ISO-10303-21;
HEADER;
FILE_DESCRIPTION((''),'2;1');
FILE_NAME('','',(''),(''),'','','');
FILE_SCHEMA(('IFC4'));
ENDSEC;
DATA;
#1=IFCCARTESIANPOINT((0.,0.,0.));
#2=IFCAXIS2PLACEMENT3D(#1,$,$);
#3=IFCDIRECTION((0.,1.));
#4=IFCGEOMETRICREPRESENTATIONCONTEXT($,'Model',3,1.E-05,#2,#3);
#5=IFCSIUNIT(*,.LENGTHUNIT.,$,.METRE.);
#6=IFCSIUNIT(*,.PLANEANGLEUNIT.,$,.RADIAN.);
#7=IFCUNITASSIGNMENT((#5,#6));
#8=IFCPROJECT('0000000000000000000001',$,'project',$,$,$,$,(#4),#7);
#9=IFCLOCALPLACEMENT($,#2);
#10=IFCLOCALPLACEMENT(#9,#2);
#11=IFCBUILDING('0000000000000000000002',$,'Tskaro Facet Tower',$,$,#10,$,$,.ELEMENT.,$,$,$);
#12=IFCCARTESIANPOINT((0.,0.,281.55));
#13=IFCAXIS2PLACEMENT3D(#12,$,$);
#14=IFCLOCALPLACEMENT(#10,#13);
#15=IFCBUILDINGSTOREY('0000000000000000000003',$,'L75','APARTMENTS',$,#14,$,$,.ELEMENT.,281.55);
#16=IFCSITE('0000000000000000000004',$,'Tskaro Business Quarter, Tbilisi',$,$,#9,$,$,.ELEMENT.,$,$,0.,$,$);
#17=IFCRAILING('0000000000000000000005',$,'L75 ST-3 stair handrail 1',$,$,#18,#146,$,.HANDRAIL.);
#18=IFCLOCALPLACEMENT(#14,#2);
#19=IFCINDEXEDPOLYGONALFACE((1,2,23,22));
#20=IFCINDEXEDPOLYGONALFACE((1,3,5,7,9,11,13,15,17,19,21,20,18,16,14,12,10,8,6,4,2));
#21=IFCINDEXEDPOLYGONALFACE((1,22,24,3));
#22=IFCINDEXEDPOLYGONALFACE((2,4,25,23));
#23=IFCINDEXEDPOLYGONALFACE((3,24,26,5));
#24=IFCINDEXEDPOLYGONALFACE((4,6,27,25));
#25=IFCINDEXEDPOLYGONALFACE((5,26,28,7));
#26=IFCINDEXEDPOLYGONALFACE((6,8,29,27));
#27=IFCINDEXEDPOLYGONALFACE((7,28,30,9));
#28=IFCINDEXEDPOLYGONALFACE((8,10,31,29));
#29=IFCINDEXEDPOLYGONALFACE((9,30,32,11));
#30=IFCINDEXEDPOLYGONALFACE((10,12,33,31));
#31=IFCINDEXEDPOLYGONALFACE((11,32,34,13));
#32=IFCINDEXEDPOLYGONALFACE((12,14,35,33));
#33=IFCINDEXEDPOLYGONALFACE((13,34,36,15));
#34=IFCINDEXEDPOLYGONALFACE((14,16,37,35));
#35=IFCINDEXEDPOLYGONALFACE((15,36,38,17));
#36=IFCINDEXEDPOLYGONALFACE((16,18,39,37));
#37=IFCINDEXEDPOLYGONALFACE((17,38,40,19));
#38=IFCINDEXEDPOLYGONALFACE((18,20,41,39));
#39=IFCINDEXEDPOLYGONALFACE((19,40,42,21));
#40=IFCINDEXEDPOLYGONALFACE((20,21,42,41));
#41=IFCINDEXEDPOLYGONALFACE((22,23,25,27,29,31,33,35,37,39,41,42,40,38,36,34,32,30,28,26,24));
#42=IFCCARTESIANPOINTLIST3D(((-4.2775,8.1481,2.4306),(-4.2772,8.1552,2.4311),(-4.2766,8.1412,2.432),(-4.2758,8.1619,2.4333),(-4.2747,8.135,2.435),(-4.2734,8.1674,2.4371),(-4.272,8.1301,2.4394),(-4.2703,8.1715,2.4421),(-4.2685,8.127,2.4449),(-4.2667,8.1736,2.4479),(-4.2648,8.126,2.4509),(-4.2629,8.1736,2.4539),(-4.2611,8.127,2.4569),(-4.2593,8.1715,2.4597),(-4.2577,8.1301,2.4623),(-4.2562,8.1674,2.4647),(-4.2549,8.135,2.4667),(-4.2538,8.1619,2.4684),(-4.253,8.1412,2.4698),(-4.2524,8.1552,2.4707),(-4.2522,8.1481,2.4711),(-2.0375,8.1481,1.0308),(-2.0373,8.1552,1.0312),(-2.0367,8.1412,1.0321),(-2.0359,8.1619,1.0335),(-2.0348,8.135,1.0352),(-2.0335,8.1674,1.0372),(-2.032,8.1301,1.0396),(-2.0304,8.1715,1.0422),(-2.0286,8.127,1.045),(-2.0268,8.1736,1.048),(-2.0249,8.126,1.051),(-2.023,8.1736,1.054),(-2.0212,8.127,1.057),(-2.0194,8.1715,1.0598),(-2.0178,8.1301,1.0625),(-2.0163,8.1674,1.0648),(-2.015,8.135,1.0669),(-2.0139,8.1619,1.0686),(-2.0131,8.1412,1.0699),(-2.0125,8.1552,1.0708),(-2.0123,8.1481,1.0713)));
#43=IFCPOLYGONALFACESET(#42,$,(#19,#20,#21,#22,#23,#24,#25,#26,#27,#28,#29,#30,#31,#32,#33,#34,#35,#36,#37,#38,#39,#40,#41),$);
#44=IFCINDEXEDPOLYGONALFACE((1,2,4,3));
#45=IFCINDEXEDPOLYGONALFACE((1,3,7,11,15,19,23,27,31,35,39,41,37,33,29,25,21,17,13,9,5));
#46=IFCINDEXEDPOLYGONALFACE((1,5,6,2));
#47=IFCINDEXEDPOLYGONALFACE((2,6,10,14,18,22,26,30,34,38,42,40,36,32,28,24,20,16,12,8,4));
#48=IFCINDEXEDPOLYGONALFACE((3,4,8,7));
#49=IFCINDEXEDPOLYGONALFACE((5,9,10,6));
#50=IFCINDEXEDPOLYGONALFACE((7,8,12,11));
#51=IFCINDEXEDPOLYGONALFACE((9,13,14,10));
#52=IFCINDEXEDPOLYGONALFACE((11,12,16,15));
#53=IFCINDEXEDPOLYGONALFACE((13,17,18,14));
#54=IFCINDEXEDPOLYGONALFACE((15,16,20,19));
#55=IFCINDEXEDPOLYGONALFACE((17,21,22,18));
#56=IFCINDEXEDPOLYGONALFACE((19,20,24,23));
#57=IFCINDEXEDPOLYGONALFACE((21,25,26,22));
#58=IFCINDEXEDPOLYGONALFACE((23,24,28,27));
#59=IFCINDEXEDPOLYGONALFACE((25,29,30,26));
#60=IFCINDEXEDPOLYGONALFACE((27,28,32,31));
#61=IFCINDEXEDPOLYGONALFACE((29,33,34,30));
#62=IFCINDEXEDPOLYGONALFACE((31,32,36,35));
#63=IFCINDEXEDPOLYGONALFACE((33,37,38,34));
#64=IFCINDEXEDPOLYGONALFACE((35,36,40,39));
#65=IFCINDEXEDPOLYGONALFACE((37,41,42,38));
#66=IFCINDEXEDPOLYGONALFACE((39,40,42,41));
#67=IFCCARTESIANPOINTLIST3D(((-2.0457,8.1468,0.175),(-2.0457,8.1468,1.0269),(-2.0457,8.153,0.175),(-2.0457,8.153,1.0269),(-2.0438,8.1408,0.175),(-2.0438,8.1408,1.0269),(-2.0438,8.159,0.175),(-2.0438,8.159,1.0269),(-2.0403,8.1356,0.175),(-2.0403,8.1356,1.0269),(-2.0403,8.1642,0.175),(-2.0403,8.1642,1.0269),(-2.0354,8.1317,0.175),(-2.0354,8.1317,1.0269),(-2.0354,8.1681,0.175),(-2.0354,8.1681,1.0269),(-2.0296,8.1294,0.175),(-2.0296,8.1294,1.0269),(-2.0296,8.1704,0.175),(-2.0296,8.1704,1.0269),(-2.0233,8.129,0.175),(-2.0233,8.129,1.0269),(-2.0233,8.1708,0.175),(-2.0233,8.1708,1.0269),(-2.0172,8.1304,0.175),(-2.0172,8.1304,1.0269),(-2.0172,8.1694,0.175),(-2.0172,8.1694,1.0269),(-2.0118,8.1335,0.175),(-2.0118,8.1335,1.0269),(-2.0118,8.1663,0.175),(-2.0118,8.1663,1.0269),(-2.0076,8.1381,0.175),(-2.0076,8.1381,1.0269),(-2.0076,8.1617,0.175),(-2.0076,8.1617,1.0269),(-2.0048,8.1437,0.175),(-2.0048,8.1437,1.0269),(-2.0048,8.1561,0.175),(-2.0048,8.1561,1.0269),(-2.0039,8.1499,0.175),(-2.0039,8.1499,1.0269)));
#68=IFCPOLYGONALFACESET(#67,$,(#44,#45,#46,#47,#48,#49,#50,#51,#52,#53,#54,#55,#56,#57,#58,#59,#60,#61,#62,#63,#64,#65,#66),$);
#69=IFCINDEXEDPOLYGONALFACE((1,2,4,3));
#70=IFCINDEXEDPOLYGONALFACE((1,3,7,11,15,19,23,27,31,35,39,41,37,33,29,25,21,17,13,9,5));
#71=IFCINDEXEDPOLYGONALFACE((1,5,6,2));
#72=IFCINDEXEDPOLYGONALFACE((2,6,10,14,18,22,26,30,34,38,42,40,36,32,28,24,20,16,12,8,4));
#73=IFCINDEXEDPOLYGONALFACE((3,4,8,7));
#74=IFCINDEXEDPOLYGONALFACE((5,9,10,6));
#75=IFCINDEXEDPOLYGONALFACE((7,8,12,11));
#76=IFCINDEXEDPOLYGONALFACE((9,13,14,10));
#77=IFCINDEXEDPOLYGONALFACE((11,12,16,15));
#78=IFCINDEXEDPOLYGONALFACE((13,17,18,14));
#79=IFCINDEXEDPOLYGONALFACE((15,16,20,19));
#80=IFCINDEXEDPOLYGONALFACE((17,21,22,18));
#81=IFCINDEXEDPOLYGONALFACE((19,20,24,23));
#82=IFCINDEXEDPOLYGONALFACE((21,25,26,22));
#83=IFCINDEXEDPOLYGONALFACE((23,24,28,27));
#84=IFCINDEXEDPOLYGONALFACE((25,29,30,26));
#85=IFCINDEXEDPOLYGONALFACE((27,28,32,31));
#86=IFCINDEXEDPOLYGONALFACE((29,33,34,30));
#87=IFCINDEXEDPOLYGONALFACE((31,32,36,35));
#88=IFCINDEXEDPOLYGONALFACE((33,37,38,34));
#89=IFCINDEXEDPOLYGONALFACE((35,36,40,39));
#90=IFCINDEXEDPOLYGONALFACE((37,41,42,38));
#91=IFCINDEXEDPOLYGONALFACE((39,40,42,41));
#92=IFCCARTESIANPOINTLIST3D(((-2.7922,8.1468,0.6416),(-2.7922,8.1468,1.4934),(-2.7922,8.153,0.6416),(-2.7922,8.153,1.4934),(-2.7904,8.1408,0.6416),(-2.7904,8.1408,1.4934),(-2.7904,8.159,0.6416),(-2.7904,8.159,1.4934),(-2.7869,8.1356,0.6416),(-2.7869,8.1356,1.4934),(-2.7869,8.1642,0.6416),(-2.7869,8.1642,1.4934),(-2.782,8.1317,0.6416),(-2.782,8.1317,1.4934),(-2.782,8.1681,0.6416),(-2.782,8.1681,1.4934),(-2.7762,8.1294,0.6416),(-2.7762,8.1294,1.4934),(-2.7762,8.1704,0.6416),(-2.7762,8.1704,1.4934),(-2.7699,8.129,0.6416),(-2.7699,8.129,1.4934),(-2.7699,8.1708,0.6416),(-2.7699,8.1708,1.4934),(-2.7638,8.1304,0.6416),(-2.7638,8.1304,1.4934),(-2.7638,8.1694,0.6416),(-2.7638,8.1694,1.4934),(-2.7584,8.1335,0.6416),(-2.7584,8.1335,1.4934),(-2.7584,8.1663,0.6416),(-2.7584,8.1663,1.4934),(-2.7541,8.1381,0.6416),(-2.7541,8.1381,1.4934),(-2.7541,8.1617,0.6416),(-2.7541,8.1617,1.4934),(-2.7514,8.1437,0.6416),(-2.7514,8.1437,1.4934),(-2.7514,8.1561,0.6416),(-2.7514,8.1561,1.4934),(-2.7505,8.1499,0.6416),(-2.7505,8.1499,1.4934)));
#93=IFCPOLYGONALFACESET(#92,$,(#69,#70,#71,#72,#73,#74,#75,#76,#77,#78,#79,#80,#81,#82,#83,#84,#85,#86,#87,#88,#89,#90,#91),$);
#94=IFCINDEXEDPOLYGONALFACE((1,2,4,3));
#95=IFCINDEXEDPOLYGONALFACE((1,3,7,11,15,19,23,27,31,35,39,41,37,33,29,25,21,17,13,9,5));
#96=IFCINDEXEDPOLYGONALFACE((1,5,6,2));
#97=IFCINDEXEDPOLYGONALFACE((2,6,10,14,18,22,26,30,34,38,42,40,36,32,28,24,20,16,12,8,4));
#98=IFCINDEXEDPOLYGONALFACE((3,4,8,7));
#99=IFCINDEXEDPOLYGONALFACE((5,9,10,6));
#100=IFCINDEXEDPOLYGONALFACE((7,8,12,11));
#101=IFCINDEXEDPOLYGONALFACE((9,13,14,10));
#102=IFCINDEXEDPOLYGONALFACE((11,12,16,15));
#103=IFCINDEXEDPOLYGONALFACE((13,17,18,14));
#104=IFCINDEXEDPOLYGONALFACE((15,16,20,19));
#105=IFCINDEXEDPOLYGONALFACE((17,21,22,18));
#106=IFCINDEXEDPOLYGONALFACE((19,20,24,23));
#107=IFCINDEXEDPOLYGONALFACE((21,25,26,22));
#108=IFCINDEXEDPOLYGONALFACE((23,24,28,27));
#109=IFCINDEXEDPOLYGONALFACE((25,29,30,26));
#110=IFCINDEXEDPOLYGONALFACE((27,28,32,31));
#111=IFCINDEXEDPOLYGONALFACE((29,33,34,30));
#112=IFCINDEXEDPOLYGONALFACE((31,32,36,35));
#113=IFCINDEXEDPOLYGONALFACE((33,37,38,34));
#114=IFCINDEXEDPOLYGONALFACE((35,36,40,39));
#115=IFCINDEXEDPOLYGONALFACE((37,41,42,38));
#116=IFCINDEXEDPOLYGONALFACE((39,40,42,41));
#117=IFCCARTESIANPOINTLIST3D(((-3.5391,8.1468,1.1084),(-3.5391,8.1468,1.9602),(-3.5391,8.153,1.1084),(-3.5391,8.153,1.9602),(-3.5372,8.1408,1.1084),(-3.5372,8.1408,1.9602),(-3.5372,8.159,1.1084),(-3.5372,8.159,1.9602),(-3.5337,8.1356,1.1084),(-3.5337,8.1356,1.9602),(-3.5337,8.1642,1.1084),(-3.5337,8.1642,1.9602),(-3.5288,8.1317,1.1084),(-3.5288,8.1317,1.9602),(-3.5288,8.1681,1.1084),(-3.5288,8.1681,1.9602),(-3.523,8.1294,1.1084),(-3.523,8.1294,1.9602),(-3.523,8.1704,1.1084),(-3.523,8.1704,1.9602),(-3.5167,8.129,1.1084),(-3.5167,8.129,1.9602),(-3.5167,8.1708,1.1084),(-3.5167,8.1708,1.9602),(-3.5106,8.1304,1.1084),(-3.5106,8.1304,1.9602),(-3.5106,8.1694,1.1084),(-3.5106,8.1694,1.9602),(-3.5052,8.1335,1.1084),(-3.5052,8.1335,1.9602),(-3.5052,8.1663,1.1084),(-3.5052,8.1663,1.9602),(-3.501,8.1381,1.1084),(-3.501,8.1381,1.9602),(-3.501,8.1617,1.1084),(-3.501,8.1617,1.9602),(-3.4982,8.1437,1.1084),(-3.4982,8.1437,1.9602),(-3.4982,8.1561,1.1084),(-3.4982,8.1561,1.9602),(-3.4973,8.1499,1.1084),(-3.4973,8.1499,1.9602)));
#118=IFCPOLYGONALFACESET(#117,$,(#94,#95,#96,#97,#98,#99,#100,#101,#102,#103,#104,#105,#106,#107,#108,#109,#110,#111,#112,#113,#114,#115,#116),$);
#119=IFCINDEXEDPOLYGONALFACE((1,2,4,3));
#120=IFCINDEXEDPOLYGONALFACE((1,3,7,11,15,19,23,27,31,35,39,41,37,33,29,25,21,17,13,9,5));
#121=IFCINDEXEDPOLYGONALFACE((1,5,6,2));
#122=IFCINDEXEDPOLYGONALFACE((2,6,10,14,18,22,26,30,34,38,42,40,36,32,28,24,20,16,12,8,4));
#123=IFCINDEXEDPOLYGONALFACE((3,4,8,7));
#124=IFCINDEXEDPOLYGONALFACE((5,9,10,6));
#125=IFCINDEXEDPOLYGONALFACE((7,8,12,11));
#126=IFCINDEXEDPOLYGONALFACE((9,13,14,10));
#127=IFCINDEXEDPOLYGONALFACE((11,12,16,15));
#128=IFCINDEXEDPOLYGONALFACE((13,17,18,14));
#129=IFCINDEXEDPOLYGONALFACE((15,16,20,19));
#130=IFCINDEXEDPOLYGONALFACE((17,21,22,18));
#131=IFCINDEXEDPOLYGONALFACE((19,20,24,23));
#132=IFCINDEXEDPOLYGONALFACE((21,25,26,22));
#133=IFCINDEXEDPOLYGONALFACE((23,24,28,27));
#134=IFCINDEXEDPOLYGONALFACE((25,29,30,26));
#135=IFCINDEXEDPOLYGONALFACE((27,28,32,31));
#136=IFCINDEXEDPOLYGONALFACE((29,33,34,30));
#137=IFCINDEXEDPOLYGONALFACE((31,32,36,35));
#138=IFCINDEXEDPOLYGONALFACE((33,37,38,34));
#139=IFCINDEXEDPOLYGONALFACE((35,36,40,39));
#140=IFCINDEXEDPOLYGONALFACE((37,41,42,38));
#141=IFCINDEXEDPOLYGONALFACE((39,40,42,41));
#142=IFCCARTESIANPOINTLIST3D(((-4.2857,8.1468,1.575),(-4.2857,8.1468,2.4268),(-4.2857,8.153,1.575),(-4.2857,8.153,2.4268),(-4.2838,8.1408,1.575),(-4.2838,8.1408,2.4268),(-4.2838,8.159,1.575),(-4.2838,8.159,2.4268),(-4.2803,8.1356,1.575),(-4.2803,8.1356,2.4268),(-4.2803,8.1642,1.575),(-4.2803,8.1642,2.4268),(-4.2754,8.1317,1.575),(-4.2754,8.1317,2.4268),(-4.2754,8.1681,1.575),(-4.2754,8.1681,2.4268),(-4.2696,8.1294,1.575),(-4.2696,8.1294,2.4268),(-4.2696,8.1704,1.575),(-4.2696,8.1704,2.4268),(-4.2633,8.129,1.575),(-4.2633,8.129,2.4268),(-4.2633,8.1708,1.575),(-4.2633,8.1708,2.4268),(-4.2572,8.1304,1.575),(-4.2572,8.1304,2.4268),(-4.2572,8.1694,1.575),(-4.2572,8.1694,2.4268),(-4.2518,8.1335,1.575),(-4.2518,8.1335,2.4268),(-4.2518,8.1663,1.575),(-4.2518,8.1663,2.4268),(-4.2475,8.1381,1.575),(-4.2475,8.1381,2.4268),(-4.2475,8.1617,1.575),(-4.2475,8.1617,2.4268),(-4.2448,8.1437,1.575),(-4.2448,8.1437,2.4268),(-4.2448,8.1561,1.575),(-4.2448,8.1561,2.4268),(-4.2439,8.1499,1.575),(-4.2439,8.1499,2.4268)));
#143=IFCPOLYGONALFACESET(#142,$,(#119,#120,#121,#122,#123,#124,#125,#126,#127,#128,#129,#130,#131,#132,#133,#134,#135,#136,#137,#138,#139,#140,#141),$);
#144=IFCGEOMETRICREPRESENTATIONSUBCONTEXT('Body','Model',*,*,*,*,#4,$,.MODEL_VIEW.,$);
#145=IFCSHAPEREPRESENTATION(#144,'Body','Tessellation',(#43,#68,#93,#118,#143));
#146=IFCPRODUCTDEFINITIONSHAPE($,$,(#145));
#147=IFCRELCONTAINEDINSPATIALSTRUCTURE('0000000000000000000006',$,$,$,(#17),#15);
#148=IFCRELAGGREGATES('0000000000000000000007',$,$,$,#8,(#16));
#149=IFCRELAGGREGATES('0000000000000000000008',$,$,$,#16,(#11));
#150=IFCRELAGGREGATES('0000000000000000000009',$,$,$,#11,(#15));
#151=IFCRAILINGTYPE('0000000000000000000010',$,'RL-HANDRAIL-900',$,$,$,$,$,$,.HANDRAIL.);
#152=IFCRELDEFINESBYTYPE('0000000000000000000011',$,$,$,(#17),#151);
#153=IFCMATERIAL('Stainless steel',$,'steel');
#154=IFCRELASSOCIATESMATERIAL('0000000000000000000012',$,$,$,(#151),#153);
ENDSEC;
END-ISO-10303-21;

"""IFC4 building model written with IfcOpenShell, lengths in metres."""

from ifc_helpers import new_model, si_unit, direction, frame, origin, origin_2d, place, context, subcontext, project, spatial, circle, extrude, material, type_object, element, save


model = new_model("IFC4")

# Units and contexts
model_context = context("Model", 3, precision=1e-05, world=origin(), true_north=direction((0.0, 1.0)))
body_context = subcontext(model_context, "Body", "Model", "MODEL_VIEW")
ifc_project = project(units=[si_unit("LENGTHUNIT", "METRE"), si_unit("PLANEANGLEUNIT", "RADIAN")], contexts=[model_context])

# Site, building, storey
site_placement = place(None, origin())
site = spatial("IfcSite", under=ifc_project, at=site_placement, Name="Tskaro Business Quarter, Tbilisi", CompositionType="ELEMENT", RefElevation=0.0)
building_placement = place(site_placement, origin())
building = spatial("IfcBuilding", under=site, at=building_placement, Name="Tskaro Facet Tower", CompositionType="ELEMENT")
storey_placement = place(building_placement, frame((0.0, 0.0, 281.55)))
storey = spatial("IfcBuildingStorey", under=building, at=storey_placement, Name="L75", Description="APARTMENTS", CompositionType="ELEMENT", Elevation=281.55)

# Railing
ifc_material_1 = material(Name="Stainless steel", Category="steel")
railing_type_1 = type_object("IfcRailingType", Name="RL-HANDRAIL-900", PredefinedType="HANDRAIL", material=ifc_material_1)
railing_1_placement = place(storey_placement, frame((-2.0249, 8.1499, 0.175)))
element("IfcRailing", 1, at=railing_1_placement, inside=storey, type_object=railing_type_1, Name="L75 ST-3 stair handrail 1", PredefinedType="HANDRAIL", context=body_context, shape_type="SweptSolid", body=[
    extrude(circle(Radius=0.0239, at=origin_2d()), frame((0.0, 0.0, 0.876), z_axis=(-0.848014, 0.0, 0.529974), x_axis=(0.0, -1.0, 0.0)), (0.0, 0.0, 1.0), 2.6414),
    extrude(circle(Radius=0.021, at=origin_2d()), origin(), (0.0, 0.0, 1.0), 0.8518),
    extrude(circle(Radius=0.021, at=origin_2d()), frame((-0.7466, 0.0, 0.4666)), (0.0, 0.0, 1.0), 0.8518),
    extrude(circle(Radius=0.021, at=origin_2d()), frame((-1.4934, 0.0, 0.9333)), (0.0, 0.0, 1.0), 0.8518),
    extrude(circle(Radius=0.021, at=origin_2d()), frame((-2.24, 0.0, 1.3999)), (0.0, 0.0, 1.0), 0.8518),
])

save(model, "model.ifc")
